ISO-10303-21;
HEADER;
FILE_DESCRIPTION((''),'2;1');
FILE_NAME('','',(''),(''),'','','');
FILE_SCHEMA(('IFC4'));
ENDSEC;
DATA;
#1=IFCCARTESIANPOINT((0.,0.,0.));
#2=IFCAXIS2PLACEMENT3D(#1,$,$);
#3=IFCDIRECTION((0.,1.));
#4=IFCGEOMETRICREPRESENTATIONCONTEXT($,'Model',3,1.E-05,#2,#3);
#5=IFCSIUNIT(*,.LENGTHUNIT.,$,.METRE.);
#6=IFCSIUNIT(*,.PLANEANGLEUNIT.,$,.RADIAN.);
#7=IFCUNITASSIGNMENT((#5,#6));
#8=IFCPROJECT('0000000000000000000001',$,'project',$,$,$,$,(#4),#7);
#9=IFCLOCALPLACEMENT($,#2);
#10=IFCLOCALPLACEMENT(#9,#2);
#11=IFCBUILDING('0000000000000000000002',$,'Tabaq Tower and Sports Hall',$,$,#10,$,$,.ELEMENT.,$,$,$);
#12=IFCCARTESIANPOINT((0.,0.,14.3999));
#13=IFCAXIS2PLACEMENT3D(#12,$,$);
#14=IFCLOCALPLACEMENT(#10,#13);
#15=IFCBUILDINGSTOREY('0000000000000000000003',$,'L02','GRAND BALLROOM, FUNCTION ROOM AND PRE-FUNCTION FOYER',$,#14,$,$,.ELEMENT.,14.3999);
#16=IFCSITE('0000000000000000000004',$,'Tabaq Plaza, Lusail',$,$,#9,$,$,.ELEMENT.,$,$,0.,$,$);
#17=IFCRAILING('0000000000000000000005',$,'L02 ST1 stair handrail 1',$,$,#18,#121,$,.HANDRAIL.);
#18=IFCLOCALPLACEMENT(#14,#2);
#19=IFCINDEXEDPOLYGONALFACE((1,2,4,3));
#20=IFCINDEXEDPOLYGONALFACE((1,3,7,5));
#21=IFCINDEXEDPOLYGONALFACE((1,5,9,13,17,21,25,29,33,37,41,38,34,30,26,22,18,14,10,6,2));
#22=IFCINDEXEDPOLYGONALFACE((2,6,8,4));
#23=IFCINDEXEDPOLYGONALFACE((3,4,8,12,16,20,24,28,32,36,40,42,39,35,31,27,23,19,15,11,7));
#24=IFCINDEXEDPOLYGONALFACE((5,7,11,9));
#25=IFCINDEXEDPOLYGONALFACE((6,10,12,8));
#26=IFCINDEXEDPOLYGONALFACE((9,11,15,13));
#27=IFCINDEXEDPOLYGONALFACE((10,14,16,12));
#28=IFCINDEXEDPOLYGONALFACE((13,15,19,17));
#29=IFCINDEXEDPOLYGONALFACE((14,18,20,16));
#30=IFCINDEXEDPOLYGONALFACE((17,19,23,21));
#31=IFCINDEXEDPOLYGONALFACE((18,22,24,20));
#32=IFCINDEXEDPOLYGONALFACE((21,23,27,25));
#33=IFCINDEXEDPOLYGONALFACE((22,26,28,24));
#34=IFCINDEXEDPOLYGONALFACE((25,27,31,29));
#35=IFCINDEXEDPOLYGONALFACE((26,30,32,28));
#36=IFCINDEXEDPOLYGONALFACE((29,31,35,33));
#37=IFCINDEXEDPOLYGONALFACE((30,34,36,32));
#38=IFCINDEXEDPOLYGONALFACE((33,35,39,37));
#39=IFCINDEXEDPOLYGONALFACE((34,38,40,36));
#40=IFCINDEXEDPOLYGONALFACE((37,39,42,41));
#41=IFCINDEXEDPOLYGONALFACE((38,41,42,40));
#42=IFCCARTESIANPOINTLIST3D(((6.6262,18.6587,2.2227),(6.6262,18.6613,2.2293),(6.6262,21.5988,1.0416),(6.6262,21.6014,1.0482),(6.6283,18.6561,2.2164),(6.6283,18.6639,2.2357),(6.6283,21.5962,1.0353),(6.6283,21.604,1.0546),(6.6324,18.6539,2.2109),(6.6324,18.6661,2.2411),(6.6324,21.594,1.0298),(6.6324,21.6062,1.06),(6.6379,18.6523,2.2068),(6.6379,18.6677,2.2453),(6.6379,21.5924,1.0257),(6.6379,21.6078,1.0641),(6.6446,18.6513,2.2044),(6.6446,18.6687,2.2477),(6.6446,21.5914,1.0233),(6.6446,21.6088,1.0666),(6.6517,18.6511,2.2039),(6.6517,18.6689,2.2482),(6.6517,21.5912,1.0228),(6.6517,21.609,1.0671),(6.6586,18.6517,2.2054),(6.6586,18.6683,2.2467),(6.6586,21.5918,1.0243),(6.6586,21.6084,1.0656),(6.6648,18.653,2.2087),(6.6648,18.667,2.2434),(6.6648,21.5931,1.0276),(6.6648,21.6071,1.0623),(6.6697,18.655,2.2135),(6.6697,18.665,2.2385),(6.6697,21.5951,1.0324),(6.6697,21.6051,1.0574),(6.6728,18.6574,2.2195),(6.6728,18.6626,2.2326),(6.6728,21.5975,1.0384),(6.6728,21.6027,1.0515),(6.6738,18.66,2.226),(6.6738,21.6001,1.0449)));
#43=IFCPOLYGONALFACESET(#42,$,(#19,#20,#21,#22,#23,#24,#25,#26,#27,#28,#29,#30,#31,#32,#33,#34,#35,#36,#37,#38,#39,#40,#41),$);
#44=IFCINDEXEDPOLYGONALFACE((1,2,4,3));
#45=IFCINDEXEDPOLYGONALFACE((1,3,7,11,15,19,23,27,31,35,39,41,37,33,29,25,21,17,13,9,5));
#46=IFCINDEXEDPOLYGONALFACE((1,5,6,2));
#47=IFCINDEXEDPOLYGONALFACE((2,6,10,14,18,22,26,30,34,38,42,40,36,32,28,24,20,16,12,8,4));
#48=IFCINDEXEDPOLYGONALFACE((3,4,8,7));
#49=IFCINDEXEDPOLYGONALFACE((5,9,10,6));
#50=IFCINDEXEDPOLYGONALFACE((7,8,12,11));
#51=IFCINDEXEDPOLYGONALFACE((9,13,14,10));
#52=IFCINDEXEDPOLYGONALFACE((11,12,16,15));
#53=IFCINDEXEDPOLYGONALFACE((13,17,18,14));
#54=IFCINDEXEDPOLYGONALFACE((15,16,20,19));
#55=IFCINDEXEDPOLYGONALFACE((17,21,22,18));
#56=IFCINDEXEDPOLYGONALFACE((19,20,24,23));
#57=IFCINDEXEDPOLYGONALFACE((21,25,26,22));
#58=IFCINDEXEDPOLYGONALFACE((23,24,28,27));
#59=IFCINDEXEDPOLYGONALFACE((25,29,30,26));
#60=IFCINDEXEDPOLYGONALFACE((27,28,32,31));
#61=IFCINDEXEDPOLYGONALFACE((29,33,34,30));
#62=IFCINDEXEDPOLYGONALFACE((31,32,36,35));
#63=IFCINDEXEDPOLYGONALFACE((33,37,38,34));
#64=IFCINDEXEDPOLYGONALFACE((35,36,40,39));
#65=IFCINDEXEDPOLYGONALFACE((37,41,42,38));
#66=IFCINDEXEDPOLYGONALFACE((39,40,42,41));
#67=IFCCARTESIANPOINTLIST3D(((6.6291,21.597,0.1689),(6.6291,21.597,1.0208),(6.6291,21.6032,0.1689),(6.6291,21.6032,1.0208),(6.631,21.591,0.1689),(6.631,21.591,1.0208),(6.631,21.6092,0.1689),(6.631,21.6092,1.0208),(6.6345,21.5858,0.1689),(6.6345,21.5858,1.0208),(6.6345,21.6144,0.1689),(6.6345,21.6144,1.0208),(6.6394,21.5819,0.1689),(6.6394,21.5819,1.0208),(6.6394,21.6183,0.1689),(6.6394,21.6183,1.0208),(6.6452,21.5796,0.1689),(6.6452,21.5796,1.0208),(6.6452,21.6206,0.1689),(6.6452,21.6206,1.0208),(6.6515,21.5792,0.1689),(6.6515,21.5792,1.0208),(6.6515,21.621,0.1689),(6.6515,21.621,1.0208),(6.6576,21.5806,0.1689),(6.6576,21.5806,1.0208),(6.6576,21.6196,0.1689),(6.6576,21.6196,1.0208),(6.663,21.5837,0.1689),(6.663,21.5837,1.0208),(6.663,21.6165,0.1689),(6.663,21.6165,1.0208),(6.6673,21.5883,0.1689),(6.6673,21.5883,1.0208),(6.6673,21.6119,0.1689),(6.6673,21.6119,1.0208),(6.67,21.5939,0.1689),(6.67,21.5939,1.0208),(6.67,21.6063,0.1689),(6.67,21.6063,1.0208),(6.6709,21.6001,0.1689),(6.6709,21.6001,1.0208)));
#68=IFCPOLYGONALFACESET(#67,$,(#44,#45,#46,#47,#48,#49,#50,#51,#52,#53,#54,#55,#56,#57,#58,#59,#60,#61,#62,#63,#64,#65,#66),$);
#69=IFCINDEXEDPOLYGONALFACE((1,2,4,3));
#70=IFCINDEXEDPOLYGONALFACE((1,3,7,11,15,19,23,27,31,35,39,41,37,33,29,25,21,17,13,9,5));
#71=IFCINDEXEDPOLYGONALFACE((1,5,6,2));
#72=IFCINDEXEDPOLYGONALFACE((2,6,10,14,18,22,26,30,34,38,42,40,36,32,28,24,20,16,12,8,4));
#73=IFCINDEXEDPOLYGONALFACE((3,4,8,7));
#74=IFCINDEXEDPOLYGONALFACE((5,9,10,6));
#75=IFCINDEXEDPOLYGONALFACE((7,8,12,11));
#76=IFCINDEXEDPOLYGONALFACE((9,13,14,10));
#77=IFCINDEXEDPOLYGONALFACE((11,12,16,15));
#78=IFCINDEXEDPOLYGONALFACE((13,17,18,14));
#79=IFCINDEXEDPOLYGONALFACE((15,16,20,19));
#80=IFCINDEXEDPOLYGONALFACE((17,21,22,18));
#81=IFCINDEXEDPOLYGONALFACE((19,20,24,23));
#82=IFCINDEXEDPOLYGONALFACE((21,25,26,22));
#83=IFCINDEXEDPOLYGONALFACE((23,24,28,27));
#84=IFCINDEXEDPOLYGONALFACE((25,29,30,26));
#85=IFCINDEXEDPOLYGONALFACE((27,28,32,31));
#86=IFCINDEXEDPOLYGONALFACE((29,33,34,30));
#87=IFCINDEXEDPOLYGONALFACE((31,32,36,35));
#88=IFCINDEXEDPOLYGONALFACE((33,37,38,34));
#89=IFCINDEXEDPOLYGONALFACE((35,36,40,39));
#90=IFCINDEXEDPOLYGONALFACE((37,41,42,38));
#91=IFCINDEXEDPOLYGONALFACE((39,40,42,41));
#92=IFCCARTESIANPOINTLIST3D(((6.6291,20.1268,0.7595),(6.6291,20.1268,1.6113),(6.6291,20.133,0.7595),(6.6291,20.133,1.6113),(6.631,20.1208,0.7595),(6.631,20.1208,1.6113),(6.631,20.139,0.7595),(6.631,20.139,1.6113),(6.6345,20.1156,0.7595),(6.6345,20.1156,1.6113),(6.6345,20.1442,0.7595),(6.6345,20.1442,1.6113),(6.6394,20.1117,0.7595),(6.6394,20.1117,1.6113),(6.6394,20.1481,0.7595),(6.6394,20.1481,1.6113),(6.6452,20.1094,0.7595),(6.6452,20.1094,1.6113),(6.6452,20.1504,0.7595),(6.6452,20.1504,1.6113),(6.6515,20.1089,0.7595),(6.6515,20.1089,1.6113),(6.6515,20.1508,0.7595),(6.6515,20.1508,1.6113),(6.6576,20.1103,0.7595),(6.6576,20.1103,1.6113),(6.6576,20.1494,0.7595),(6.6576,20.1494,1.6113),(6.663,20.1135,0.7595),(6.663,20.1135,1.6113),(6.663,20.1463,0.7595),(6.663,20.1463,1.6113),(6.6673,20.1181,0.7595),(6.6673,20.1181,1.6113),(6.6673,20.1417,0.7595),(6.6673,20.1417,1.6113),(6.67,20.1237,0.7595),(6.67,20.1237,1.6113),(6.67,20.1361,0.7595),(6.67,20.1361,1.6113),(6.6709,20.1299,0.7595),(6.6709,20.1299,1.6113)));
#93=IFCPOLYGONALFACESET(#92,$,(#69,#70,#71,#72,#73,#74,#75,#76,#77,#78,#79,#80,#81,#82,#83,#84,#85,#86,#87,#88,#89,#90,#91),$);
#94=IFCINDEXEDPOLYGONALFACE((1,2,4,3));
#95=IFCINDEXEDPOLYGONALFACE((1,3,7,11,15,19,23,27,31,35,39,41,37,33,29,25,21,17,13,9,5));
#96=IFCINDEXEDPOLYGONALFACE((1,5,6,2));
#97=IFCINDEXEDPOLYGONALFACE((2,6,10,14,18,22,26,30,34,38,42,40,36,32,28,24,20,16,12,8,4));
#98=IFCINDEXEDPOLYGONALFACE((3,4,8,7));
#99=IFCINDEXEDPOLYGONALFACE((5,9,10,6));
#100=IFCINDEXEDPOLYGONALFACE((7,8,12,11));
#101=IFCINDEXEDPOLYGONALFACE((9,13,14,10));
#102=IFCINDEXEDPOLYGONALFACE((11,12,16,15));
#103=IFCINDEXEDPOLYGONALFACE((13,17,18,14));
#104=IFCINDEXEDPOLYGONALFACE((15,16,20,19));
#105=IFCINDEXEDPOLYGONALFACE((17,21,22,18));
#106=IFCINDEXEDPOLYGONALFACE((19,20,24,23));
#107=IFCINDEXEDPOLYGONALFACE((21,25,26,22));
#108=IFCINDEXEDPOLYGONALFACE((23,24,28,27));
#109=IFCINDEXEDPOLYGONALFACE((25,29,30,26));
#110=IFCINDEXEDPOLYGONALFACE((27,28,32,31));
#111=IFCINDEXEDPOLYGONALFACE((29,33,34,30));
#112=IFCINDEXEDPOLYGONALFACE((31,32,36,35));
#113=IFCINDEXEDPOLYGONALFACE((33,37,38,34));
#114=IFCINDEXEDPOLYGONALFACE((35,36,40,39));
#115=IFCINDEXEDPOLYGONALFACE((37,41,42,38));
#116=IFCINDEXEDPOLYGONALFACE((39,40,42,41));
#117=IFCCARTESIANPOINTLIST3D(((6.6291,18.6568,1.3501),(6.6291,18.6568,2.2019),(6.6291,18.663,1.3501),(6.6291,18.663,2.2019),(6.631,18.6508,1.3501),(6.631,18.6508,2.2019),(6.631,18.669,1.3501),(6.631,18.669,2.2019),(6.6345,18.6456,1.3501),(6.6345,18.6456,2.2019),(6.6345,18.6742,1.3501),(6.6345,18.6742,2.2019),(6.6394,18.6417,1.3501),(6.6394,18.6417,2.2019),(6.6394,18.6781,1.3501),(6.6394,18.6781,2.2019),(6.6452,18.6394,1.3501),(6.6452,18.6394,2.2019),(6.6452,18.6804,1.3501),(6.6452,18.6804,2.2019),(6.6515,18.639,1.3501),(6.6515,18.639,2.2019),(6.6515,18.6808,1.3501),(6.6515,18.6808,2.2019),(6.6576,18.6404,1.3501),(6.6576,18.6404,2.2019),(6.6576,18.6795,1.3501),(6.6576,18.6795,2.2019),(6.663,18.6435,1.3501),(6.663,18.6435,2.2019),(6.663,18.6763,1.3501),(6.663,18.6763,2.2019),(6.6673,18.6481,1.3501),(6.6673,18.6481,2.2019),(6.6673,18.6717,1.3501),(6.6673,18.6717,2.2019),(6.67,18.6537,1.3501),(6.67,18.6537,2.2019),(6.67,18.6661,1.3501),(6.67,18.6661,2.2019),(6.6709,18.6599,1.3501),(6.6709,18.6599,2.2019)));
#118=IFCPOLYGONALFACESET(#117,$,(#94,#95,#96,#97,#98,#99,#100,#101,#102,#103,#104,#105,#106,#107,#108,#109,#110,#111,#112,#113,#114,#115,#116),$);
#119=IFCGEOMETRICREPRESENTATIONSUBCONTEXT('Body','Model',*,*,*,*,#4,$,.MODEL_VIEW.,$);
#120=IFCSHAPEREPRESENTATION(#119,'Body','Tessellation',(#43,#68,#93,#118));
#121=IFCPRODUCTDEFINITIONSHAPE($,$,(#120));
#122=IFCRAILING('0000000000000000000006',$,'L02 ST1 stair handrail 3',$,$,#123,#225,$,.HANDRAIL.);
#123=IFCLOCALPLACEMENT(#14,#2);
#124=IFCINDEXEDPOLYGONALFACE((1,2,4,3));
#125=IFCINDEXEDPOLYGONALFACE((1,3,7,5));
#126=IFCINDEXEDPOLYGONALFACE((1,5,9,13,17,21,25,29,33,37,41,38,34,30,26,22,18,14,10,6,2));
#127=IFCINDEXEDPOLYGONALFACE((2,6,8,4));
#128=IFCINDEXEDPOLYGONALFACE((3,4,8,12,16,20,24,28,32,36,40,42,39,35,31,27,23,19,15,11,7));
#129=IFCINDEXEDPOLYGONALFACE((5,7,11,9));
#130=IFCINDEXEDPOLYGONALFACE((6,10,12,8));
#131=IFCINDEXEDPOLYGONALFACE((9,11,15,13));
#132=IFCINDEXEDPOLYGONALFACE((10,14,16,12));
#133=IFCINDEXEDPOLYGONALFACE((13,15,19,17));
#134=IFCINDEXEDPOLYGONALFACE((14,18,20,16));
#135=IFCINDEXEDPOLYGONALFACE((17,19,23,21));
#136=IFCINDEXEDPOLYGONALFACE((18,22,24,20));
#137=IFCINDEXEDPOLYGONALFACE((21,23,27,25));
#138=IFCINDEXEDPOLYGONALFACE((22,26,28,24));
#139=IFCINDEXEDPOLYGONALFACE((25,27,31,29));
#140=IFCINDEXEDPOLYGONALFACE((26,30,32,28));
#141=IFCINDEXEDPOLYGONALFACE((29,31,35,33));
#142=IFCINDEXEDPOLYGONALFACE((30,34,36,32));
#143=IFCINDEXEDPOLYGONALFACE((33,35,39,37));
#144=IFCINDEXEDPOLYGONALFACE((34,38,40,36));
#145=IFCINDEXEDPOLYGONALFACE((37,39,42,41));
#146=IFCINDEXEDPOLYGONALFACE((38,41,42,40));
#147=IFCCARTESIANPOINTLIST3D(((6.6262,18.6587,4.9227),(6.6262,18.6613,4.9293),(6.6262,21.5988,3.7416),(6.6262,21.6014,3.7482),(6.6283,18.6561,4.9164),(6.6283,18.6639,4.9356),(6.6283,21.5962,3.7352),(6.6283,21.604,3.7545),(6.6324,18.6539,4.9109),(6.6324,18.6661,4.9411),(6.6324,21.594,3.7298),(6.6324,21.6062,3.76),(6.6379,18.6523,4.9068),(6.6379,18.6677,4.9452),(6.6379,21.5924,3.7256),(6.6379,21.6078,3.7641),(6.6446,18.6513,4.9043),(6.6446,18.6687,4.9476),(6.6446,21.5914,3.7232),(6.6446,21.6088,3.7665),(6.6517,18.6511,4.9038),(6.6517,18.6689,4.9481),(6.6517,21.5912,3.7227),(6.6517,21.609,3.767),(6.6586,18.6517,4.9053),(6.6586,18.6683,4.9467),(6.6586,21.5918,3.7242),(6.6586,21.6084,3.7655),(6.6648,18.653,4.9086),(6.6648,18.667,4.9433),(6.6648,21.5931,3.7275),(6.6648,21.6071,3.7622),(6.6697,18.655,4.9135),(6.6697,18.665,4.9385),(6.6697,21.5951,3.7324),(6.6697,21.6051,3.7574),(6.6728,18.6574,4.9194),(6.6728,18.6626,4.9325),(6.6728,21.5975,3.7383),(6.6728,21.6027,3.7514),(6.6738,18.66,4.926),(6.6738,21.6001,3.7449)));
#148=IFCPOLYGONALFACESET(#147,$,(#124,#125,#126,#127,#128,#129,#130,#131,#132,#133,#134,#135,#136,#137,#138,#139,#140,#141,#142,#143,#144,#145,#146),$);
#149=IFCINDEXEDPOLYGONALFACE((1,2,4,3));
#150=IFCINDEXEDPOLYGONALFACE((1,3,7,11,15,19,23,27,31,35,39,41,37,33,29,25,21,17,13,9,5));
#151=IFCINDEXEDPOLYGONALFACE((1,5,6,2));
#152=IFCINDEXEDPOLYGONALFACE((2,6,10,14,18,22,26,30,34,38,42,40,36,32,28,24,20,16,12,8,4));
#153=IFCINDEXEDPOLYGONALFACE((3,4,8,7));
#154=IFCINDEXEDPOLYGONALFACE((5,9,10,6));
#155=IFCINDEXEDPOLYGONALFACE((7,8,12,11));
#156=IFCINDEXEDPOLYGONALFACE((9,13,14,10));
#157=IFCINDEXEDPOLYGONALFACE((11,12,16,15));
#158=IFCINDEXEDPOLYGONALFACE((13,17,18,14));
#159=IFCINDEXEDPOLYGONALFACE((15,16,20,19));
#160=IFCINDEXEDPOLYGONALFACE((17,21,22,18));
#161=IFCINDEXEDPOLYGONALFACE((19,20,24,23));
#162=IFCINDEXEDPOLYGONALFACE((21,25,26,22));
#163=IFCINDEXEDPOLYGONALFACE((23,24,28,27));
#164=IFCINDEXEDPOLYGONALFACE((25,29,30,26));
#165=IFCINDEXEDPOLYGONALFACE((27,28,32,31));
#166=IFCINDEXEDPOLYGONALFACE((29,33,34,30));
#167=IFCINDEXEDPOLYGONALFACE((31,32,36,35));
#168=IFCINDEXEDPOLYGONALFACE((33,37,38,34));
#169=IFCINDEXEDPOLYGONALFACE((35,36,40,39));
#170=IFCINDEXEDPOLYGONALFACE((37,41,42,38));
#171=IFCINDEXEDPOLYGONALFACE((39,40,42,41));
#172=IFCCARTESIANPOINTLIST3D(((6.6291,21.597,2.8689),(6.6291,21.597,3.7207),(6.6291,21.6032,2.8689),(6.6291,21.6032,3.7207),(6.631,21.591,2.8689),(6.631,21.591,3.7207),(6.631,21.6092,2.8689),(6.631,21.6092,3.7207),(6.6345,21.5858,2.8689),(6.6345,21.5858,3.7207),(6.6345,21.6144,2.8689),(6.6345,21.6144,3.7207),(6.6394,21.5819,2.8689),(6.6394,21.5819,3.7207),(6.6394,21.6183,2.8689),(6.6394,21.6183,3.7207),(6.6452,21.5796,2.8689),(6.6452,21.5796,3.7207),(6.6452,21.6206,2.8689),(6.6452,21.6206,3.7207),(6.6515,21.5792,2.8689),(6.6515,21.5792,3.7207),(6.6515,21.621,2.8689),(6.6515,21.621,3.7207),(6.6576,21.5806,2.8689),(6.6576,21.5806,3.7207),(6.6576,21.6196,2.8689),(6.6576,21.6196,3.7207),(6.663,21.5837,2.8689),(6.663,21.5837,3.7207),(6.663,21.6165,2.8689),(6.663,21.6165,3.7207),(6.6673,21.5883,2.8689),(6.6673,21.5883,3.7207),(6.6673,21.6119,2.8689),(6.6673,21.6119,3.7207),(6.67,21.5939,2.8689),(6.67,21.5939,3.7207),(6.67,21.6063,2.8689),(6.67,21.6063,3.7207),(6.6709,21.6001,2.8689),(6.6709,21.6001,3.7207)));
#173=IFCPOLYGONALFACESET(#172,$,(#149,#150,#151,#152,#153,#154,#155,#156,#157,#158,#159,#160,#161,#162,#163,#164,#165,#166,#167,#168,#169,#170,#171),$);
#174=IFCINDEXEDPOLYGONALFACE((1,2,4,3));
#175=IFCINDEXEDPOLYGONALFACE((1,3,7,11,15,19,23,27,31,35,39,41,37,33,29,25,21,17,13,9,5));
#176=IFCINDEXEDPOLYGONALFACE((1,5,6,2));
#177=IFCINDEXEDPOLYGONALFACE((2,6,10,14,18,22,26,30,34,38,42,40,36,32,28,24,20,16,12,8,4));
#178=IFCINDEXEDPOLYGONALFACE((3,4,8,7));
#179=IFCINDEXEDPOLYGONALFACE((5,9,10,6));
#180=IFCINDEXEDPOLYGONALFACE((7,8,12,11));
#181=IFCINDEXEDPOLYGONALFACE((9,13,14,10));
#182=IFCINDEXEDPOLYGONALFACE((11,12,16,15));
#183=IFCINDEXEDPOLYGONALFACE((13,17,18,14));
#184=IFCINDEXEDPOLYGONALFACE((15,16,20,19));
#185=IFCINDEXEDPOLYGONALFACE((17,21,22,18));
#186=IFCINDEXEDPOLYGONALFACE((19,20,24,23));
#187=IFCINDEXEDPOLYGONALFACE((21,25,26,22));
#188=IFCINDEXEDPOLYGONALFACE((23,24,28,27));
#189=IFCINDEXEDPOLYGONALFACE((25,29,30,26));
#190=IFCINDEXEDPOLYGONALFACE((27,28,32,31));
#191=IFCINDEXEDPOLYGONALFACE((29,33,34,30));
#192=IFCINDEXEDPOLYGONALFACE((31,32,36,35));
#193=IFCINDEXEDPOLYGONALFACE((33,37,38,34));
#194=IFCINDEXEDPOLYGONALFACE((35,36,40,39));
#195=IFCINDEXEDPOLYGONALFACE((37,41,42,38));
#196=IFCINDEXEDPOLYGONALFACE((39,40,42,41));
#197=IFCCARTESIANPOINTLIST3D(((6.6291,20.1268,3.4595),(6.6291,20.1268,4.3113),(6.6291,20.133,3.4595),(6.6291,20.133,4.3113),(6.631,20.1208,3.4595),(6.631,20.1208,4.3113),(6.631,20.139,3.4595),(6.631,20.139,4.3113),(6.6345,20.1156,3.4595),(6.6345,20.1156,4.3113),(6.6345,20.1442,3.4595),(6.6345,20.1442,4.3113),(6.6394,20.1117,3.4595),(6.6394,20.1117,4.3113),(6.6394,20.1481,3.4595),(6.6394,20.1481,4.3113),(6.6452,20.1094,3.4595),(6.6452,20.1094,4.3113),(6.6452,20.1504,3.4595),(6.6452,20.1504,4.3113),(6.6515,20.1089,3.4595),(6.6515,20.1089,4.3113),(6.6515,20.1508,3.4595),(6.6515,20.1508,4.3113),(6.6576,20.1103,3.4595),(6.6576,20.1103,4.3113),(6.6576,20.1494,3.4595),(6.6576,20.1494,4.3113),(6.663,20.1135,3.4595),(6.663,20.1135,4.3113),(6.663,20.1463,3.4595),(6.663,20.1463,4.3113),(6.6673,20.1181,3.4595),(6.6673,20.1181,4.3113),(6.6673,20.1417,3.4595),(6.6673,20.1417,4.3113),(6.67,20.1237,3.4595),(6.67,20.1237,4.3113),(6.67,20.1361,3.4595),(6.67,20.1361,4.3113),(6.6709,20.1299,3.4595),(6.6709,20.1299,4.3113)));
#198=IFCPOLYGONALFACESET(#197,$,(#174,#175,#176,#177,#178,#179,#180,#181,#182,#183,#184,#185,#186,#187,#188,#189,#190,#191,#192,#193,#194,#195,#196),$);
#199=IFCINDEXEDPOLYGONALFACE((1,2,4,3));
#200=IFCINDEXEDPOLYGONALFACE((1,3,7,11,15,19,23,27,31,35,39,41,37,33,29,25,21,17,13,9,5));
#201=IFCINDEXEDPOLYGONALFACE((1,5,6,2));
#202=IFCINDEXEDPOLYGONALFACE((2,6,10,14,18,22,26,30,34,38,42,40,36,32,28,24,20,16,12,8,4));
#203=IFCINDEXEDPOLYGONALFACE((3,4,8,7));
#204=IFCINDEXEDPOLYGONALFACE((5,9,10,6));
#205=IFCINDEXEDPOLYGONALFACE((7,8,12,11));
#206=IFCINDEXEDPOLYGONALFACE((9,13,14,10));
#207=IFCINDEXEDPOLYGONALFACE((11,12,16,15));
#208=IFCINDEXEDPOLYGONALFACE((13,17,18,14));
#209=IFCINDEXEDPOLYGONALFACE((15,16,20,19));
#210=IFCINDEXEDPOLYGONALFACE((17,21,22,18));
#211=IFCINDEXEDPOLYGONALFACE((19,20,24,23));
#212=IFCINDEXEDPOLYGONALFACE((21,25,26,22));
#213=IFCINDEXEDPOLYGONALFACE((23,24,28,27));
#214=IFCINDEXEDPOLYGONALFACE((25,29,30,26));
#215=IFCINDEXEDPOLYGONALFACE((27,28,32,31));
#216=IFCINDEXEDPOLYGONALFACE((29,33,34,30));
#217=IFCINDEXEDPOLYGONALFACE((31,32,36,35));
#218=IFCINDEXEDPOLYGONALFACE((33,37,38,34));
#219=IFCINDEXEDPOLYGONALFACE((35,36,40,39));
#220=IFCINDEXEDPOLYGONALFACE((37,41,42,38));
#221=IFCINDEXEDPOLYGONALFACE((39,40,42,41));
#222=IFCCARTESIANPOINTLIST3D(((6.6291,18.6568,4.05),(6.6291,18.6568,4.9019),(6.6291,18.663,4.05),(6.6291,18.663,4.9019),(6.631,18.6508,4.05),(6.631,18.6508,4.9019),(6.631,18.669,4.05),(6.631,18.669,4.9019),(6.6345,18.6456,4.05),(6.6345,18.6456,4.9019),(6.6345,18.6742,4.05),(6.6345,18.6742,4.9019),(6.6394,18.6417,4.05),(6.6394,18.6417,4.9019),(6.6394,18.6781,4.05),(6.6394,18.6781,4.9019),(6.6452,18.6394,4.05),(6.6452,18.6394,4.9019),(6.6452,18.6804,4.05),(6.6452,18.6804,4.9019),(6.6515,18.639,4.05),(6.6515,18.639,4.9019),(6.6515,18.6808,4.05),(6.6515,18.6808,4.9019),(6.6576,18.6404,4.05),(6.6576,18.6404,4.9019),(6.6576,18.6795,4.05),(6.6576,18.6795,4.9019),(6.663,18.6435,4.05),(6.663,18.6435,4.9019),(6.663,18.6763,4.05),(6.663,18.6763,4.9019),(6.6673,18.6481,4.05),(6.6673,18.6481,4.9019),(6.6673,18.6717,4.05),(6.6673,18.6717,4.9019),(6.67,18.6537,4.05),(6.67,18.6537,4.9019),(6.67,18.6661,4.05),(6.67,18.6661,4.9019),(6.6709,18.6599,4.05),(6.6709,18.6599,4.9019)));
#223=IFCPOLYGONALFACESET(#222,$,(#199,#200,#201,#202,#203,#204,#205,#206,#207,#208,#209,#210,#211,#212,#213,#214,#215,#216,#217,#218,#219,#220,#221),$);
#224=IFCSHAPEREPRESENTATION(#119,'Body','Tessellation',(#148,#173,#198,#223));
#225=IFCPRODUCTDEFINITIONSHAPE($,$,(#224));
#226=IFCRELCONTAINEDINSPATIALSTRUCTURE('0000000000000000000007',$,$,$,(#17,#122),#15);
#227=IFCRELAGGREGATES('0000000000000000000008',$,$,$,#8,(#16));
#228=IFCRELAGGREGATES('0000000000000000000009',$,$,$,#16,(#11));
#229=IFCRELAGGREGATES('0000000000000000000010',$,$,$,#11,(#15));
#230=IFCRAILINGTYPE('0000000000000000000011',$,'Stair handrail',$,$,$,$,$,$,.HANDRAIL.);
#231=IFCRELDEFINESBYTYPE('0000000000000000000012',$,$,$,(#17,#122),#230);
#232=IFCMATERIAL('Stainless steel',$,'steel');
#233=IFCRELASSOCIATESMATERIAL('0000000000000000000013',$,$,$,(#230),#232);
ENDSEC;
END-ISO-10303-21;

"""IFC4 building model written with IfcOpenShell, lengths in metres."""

from ifc_helpers import new_model, si_unit, direction, frame, origin, origin_2d, place, context, subcontext, project, spatial, circle, extrude, material, type_object, element, save


model = new_model("IFC4")

# Units and contexts
model_context = context("Model", 3, precision=1e-05, world=origin(), true_north=direction((0.0, 1.0)))
body_context = subcontext(model_context, "Body", "Model", "MODEL_VIEW")
ifc_project = project(units=[si_unit("LENGTHUNIT", "METRE"), si_unit("PLANEANGLEUNIT", "RADIAN")], contexts=[model_context])

# Site, building, storey
site_placement = place(None, origin())
site = spatial("IfcSite", under=ifc_project, at=site_placement, Name="Tabaq Plaza, Lusail", CompositionType="ELEMENT", RefElevation=0.0)
building_placement = place(site_placement, origin())
building = spatial("IfcBuilding", under=site, at=building_placement, Name="Tabaq Tower and Sports Hall", CompositionType="ELEMENT")
storey_placement = place(building_placement, frame((0.0, 0.0, 14.3999)))
storey = spatial("IfcBuildingStorey", under=building, at=storey_placement, Name="L02", Description="GRAND BALLROOM, FUNCTION ROOM AND PRE-FUNCTION FOYER", CompositionType="ELEMENT", Elevation=14.3999)

# Railings
ifc_material_1 = material(Name="Stainless steel", Category="steel")
railing_type_1 = type_object("IfcRailingType", Name="Stair handrail", PredefinedType="HANDRAIL", material=ifc_material_1)
for number, where, name in (
    (1, (6.6499, 21.6001, 0.1689), "L02 ST1 stair handrail 1"),
    (2, (6.6499, 21.6001, 2.8689), "L02 ST1 stair handrail 3"),
):
    element("IfcRailing", number, at=place(storey_placement, frame(where)), inside=storey, type_object=railing_type_1, Name=name, PredefinedType="HANDRAIL", context=body_context, shape_type="SweptSolid", body=[
        extrude(circle(Radius=0.0239, at=origin_2d()), frame((0.0, 0.0, 0.876), z_axis=(0.0, -0.927923, 0.372772), x_axis=(1.0, 0.0, 0.0)), (0.0, 0.0, 1.0), 3.1685),
        extrude(circle(Radius=0.021, at=origin_2d()), origin(), (0.0, 0.0, 1.0), 0.8518),
        extrude(circle(Radius=0.021, at=origin_2d()), frame((0.0, -1.4702, 0.5906)), (0.0, 0.0, 1.0), 0.8518),
        extrude(circle(Radius=0.021, at=origin_2d()), frame((0.0, -2.9402, 1.1812)), (0.0, 0.0, 1.0), 0.8518),
    ])

save(model, "model.ifc")
